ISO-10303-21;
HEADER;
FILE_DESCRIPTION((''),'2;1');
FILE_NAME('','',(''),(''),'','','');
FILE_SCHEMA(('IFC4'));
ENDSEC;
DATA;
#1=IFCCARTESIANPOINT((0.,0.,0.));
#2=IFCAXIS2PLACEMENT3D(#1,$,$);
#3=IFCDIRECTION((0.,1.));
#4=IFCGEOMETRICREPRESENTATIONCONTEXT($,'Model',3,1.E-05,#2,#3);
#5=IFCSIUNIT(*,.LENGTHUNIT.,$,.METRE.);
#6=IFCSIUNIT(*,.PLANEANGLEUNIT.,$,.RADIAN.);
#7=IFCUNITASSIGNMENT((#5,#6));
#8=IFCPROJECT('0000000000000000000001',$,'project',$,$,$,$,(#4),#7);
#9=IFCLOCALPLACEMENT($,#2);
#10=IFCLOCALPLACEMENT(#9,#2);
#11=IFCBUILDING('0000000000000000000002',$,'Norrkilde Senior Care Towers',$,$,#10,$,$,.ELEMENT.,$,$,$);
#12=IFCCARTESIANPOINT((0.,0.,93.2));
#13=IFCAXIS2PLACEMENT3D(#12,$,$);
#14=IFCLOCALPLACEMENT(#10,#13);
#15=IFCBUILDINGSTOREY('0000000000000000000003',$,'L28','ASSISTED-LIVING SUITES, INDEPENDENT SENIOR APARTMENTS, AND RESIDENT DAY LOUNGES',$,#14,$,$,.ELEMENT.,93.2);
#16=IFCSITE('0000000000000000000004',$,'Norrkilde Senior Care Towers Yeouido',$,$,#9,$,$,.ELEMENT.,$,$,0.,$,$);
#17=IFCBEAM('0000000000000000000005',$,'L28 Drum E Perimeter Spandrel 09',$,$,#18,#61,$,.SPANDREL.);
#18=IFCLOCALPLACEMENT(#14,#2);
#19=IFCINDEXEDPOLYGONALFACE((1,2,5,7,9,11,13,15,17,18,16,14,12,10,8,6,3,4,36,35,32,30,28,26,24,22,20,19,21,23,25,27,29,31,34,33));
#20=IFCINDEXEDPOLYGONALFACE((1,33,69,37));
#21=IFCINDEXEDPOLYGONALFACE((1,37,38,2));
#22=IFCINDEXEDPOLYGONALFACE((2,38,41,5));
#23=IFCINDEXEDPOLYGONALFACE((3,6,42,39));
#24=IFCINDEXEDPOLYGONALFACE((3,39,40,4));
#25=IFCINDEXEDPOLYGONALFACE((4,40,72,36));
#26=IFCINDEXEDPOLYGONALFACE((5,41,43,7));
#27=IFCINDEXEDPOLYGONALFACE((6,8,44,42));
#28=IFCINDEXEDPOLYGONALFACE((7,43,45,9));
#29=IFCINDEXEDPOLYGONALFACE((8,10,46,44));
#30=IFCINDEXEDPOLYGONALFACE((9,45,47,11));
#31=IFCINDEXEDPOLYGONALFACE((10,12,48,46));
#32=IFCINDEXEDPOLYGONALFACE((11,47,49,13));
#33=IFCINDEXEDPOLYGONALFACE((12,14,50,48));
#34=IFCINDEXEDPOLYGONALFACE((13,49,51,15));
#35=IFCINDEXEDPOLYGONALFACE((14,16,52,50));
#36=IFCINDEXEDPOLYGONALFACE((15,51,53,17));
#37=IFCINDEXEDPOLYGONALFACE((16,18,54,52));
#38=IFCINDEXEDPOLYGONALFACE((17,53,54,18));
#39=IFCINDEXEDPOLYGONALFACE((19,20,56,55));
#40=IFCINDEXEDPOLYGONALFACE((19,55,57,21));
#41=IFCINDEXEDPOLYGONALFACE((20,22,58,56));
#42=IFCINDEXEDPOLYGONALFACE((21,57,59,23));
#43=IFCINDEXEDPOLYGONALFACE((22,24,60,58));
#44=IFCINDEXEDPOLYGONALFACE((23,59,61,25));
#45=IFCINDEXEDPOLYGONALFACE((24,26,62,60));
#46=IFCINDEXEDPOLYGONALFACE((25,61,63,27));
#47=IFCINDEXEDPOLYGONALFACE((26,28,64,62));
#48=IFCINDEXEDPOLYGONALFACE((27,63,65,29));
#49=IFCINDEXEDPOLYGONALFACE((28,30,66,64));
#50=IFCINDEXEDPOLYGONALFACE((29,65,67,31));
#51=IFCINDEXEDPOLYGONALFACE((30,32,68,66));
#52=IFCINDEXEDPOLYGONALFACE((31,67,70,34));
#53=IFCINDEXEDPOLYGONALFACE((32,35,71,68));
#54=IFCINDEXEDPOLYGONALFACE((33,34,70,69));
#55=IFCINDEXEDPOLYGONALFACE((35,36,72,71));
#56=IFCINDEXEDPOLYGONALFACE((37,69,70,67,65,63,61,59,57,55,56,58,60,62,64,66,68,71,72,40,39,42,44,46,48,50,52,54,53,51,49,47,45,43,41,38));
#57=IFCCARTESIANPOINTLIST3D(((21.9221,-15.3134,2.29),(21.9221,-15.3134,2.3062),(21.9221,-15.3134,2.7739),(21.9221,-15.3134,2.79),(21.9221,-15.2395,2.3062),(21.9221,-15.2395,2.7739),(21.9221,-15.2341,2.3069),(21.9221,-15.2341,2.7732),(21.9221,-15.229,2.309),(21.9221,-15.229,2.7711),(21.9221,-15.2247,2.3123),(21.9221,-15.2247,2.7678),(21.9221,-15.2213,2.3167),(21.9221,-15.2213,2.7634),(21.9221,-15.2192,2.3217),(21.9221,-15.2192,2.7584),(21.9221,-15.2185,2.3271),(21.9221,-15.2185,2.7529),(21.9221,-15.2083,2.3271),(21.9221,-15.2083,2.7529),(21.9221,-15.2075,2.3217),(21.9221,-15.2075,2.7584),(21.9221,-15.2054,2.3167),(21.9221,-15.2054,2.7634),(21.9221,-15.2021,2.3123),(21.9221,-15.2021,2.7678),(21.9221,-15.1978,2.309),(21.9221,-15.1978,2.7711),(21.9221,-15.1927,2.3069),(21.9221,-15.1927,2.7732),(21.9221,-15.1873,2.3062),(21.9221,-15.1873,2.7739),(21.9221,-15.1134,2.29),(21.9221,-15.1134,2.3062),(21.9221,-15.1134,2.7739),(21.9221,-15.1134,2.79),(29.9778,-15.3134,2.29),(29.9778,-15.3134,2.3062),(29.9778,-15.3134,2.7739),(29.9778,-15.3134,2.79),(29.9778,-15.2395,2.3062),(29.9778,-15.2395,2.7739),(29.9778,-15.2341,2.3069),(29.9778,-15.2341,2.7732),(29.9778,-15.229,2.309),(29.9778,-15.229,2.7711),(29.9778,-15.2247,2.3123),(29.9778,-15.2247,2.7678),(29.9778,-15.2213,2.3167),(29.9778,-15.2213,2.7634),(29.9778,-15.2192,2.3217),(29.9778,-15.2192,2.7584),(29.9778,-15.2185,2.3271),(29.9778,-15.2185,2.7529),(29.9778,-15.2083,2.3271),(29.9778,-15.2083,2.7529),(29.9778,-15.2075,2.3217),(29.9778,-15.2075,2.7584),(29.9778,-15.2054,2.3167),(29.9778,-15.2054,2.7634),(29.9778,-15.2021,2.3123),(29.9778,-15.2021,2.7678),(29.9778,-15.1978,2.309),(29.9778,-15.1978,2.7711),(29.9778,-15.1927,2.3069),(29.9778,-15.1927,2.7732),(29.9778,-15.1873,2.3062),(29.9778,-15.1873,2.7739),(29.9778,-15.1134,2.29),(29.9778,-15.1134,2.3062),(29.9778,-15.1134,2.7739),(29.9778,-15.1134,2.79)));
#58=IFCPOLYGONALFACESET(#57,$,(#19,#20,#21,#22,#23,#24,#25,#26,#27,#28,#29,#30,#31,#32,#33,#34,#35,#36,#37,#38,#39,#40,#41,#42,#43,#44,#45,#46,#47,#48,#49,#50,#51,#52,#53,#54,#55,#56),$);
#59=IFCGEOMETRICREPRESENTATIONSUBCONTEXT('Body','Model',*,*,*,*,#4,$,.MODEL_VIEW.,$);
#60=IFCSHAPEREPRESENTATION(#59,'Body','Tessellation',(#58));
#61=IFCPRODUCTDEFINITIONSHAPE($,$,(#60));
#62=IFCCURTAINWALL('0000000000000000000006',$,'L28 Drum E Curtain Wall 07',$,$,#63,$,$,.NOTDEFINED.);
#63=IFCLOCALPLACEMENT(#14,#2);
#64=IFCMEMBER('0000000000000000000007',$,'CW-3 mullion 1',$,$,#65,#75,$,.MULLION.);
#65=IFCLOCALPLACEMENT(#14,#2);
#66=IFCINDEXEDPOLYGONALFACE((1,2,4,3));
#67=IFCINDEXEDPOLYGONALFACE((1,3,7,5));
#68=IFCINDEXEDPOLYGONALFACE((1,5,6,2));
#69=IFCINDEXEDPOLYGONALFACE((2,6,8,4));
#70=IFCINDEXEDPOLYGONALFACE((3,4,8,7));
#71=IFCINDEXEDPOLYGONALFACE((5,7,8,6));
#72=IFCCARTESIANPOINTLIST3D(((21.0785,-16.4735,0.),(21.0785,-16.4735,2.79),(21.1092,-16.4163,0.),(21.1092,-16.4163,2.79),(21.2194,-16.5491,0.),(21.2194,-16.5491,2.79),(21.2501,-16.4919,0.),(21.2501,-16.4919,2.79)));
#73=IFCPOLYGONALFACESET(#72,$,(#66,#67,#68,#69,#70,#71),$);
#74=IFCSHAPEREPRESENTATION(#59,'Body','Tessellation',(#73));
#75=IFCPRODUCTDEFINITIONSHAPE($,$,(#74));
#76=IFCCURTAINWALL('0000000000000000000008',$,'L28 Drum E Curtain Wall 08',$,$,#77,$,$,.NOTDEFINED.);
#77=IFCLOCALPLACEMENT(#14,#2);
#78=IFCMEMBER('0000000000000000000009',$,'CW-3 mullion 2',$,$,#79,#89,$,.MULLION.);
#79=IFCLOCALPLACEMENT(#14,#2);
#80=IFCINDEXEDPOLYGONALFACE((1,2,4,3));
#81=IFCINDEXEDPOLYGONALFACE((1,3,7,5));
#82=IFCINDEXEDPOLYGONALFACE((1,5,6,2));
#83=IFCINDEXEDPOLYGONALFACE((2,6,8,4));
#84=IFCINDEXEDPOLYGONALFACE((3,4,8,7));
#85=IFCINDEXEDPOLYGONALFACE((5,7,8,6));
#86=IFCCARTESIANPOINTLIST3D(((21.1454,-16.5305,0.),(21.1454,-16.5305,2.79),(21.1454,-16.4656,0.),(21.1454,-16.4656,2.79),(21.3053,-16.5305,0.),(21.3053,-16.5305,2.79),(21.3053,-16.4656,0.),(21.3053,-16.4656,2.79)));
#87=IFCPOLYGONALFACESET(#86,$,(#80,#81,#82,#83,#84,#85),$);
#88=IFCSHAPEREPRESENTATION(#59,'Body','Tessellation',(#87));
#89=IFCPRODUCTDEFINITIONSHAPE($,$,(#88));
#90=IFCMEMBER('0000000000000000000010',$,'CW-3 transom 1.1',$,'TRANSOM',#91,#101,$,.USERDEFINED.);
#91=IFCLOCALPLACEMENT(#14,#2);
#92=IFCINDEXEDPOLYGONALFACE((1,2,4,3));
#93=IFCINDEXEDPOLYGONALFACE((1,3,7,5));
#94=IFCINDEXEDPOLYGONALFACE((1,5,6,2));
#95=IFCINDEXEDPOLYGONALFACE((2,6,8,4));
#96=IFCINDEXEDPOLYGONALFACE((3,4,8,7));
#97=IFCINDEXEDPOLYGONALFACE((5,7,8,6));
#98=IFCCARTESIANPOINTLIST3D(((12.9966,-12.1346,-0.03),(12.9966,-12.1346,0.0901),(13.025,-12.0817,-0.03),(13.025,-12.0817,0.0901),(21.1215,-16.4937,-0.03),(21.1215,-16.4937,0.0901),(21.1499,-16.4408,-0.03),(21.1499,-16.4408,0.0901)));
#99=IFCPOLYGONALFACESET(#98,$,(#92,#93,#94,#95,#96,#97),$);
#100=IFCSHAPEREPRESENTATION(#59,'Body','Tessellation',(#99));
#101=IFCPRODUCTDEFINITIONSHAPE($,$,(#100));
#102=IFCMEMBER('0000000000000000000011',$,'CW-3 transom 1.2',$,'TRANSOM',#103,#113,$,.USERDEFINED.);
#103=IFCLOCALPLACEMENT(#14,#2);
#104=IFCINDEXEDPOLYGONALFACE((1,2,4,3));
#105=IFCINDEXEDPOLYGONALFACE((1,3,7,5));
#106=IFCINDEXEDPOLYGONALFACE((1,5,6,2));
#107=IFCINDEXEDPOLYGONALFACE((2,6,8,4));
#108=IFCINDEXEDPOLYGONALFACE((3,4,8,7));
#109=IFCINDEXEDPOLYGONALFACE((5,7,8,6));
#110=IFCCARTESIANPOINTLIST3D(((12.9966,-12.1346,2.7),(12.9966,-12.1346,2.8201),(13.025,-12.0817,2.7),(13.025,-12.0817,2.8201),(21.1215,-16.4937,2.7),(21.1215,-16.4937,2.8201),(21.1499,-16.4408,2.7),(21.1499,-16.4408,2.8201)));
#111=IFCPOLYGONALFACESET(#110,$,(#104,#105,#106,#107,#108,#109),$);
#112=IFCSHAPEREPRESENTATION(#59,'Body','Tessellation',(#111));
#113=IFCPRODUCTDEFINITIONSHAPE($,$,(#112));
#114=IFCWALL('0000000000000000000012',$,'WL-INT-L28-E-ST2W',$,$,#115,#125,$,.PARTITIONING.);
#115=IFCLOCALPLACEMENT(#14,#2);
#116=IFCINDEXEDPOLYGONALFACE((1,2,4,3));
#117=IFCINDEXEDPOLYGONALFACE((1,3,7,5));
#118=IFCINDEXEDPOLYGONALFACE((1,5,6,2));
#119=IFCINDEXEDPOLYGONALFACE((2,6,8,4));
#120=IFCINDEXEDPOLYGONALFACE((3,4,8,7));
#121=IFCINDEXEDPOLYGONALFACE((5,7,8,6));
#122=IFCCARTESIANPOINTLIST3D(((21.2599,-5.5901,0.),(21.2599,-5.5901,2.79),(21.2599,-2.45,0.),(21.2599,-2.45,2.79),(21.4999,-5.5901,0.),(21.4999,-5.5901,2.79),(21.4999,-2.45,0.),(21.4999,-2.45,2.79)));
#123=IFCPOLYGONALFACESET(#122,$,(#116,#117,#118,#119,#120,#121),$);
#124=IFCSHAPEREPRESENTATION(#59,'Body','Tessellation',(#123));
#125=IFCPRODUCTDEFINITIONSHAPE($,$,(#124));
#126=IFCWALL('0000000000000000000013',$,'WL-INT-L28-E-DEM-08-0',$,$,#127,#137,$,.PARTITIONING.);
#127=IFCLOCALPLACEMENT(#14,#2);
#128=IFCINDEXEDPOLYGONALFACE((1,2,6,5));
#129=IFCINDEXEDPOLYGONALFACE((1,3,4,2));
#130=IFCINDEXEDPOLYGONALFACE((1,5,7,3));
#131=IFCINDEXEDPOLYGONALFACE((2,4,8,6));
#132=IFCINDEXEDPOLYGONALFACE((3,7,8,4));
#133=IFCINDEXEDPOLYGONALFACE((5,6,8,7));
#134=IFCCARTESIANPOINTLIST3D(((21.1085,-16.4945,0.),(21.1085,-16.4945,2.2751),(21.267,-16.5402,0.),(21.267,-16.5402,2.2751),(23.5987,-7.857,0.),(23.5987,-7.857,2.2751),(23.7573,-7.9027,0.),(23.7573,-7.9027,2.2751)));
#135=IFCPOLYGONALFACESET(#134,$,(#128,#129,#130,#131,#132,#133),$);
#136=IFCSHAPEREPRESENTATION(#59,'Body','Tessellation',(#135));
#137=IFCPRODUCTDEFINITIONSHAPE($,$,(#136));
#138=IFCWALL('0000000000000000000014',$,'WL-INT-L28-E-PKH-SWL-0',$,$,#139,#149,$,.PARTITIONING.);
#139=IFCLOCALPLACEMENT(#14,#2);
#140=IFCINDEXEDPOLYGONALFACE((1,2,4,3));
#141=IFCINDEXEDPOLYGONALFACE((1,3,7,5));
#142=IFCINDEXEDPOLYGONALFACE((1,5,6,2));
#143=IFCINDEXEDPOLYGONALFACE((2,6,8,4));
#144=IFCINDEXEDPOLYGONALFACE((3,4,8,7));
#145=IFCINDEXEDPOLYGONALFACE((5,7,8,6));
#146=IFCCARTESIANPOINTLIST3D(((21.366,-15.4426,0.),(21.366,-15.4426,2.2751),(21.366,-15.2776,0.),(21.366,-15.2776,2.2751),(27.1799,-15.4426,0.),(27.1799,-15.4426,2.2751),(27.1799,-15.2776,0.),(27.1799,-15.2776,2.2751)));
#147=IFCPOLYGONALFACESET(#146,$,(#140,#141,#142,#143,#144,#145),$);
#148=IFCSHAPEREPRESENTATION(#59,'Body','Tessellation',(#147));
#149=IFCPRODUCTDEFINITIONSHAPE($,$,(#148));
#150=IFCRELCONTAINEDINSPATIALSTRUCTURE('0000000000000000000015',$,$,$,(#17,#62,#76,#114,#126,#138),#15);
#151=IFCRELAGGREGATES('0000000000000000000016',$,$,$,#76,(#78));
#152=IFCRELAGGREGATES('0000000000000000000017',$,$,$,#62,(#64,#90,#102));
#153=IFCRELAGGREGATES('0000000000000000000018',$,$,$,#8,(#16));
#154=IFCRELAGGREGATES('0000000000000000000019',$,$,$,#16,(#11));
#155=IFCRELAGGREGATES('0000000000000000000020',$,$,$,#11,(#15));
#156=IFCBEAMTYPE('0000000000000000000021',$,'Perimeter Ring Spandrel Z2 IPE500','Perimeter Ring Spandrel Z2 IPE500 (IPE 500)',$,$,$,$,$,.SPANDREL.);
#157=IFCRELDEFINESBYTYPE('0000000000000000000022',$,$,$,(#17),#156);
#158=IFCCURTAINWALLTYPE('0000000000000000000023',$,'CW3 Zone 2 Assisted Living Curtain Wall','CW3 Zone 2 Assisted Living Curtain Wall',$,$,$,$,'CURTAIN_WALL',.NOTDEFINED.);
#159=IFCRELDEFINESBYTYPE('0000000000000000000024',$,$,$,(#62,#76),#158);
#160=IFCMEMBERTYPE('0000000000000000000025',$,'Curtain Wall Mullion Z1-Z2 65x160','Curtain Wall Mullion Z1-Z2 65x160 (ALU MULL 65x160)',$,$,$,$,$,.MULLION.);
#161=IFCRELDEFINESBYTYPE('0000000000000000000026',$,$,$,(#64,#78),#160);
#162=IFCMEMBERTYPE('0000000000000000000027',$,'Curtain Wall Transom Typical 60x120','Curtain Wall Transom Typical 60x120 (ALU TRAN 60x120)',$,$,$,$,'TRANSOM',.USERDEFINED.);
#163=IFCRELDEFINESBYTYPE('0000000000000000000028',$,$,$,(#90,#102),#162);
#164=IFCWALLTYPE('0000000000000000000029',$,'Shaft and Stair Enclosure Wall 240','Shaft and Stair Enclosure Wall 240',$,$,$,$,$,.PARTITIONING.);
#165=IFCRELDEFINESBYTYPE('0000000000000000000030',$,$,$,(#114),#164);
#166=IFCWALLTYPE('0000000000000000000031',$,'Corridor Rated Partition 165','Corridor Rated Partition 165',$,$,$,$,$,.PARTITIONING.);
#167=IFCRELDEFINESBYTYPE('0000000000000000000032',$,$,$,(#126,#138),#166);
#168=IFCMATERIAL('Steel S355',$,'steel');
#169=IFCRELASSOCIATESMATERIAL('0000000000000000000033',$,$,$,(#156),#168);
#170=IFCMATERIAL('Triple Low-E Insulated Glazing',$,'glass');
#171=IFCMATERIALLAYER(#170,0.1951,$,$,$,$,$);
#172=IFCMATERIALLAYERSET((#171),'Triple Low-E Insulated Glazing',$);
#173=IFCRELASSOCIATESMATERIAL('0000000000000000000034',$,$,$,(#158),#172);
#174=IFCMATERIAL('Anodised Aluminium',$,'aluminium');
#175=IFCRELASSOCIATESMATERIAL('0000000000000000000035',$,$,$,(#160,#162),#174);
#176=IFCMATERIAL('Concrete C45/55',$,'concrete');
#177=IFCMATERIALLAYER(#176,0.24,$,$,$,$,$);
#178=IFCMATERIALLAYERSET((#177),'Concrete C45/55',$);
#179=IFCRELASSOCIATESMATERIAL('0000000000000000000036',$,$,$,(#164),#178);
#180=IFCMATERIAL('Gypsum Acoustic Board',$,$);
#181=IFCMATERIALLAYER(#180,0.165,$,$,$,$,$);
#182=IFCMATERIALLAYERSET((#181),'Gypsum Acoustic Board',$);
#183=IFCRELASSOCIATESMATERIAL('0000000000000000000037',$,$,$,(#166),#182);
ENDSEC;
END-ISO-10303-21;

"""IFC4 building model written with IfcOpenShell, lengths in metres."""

from ifc_helpers import new_model, si_unit, direction, frame, frame_2d, origin, origin_2d, place, context, subcontext, project, spatial, rectangle, i_section, extrude, source, transform, mapped, material, layer, layer_set, material_profile, profile_set, type_object, type_shapes, element, aggregate, save


model = new_model("IFC4")

# Units and contexts
model_context = context("Model", 3, precision=1e-05, world=origin(), true_north=direction((0.0, 1.0)))
body_context = subcontext(model_context, "Body", "Model", "MODEL_VIEW")
ifc_project = project(units=[si_unit("LENGTHUNIT", "METRE"), si_unit("PLANEANGLEUNIT", "RADIAN")], contexts=[model_context])

# Site, building, storey
site_placement = place(None, origin())
site = spatial("IfcSite", under=ifc_project, at=site_placement, Name="Norrkilde Senior Care Towers Yeouido", CompositionType="ELEMENT", RefElevation=0.0)
building_placement = place(site_placement, origin())
building = spatial("IfcBuilding", under=site, at=building_placement, Name="Norrkilde Senior Care Towers", CompositionType="ELEMENT")
storey_placement = place(building_placement, frame((0.0, 0.0, 93.2)))
storey = spatial("IfcBuildingStorey", under=building, at=storey_placement, Name="L28", Description="ASSISTED-LIVING SUITES, INDEPENDENT SENIOR APARTMENTS, AND RESIDENT DAY LOUNGES", CompositionType="ELEMENT", Elevation=93.2)

# Beam
ifc_material_1 = material(Name="Steel S355", Category="steel")
ifc_material_profile_1 = material_profile(ifc_material_1, i_section(OverallWidth=0.2, OverallDepth=0.5, WebThickness=0.0103, FlangeThickness=0.0161, FilletRadius=0.021, at=origin_2d()), Name="IPE 500")
ifc_profile_set_1 = profile_set([ifc_material_profile_1], Name="Steel S355")
beam_type_1 = type_object("IfcBeamType", Name="Perimeter Ring Spandrel Z2 IPE500", Description="Perimeter Ring Spandrel Z2 IPE500 (IPE 500)", PredefinedType="SPANDREL", material=ifc_profile_set_1)
shared_shape_1 = source(origin(), body_context, "Body", "SweptSolid", [
    extrude(i_section(OverallWidth=0.2, OverallDepth=0.5, WebThickness=0.0103, FlangeThickness=0.0161, FilletRadius=0.021, at=origin_2d()), origin(), (0.0, 0.0, 1.0), 8.0557),
])
type_shapes(beam_type_1, [shared_shape_1])
beam_1_placement = place(storey_placement, frame((21.9221, -15.2134, 2.54), z_axis=(1.0, 0.0, 0.0), x_axis=(0.0, 1.0, 0.0)))
element("IfcBeam", 1, at=beam_1_placement, inside=storey, type_object=beam_type_1, Name="L28 Drum E Perimeter Spandrel 09", PredefinedType="SPANDREL", context=body_context, shape_type="MappedRepresentation", body=[
    mapped(shared_shape_1, transform((0.0, 0.0, 0.0), x_axis=(1.0, 0.0, 0.0), y_axis=(0.0, 1.0, 0.0), z_axis=(0.0, 0.0, 1.0), scale=1.0)),
])

# Curtain walls, members
ifc_material_2 = material(Name="Triple Low-E Insulated Glazing", Category="glass")
ifc_layer_1 = layer(ifc_material_2, 0.1951)
ifc_layer_set_1 = layer_set([ifc_layer_1], Name="Triple Low-E Insulated Glazing")
curtain_wall_type = type_object("IfcCurtainWallType", Name="CW3 Zone 2 Assisted Living Curtain Wall", Description="CW3 Zone 2 Assisted Living Curtain Wall", ElementType="CURTAIN_WALL", PredefinedType="NOTDEFINED", material=ifc_layer_set_1)
curtain_wall_1_placement = place(storey_placement, origin())
curtain_wall_1 = element("IfcCurtainWall", 2, at=curtain_wall_1_placement, inside=storey, type_object=curtain_wall_type, Name="L28 Drum E Curtain Wall 07", PredefinedType="NOTDEFINED")
ifc_material_3 = material(Name="Anodised Aluminium", Category="aluminium")
ifc_material_profile_2 = material_profile(ifc_material_3, rectangle(XDim=0.0649, YDim=0.1599, at=origin_2d()), Name="ALU MULL 65x160")
ifc_profile_set_2 = profile_set([ifc_material_profile_2], Name="Anodised Aluminium")
member_type_1 = type_object("IfcMemberType", Name="Curtain Wall Mullion Z1-Z2 65x160", Description="Curtain Wall Mullion Z1-Z2 65x160 (ALU MULL 65x160)", PredefinedType="MULLION", material=ifc_profile_set_2)
shared_shape_2 = source(origin(), body_context, "Body", "SweptSolid", [
    extrude(rectangle(XDim=0.0649, YDim=0.1599, at=origin_2d()), origin(), (0.0, 0.0, 1.0), 2.79),
])
type_shapes(member_type_1, [shared_shape_2])
member_1_placement = place(storey_placement, frame((21.1643, -16.4827, 0.0), z_axis=(0.0, 0.0, 1.0), x_axis=(-0.472769, -0.881186, 0.0)))
member_1 = element("IfcMember", 3, at=member_1_placement, type_object=member_type_1, Name="CW-3 mullion 1", PredefinedType="MULLION", context=body_context, shape_type="MappedRepresentation", body=[
    mapped(shared_shape_2, transform((0.0, 0.0, 0.0), x_axis=(1.0, 0.0, 0.0), y_axis=(0.0, 1.0, 0.0), z_axis=(0.0, 0.0, 1.0), scale=1.0)),
])
curtain_wall_2_placement = place(storey_placement, origin())
curtain_wall_2 = element("IfcCurtainWall", 4, at=curtain_wall_2_placement, inside=storey, type_object=curtain_wall_type, Name="L28 Drum E Curtain Wall 08", PredefinedType="NOTDEFINED")
member_2_placement = place(storey_placement, frame((21.2253, -16.498, 0.0), z_axis=(0.0, 0.0, 1.0), x_axis=(0.0, -1.0, 0.0)))
member_2 = element("IfcMember", 5, at=member_2_placement, type_object=member_type_1, Name="CW-3 mullion 2", PredefinedType="MULLION", context=body_context, shape_type="MappedRepresentation", body=[
    mapped(shared_shape_2, transform((0.0, 0.0, 0.0), x_axis=(1.0, 0.0, 0.0), y_axis=(0.0, 1.0, 0.0), z_axis=(0.0, 0.0, 1.0), scale=1.0)),
])
aggregate(curtain_wall_2, [member_2])

# Members
ifc_material_profile_3 = material_profile(ifc_material_3, rectangle(XDim=0.0601, YDim=0.1201, at=origin_2d()), Name="ALU TRAN 60x120")
ifc_profile_set_3 = profile_set([ifc_material_profile_3], Name="Anodised Aluminium")
member_type_2 = type_object("IfcMemberType", Name="Curtain Wall Transom Typical 60x120", Description="Curtain Wall Transom Typical 60x120 (ALU TRAN 60x120)", ElementType="TRANSOM", PredefinedType="USERDEFINED", material=ifc_profile_set_3)
shared_shape_3 = source(origin(), body_context, "Body", "SweptSolid", [
    extrude(rectangle(XDim=0.0601, YDim=0.1201, at=origin_2d()), origin(), (0.0, 0.0, 1.0), 9.2205),
])
type_shapes(member_type_2, [shared_shape_3])
member_3_placement = place(storey_placement, frame((21.1357, -16.4673, 0.03), z_axis=(-0.881189, 0.472765, 0.0), x_axis=(-0.472765, -0.881189, 0.0)))
member_3 = element("IfcMember", 6, at=member_3_placement, type_object=member_type_2, Name="CW-3 transom 1.1", ObjectType="TRANSOM", PredefinedType="USERDEFINED", context=body_context, shape_type="MappedRepresentation", body=[
    mapped(shared_shape_3, transform((0.0, 0.0, 0.0), x_axis=(1.0, 0.0, 0.0), y_axis=(0.0, 1.0, 0.0), z_axis=(0.0, 0.0, 1.0), scale=1.0)),
])
member_4_placement = place(storey_placement, frame((21.1357, -16.4673, 2.76), z_axis=(-0.881189, 0.472765, 0.0), x_axis=(-0.472765, -0.881189, 0.0)))
member_4 = element("IfcMember", 7, at=member_4_placement, type_object=member_type_2, Name="CW-3 transom 1.2", ObjectType="TRANSOM", PredefinedType="USERDEFINED", context=body_context, shape_type="MappedRepresentation", body=[
    mapped(shared_shape_3, transform((0.0, 0.0, 0.0), x_axis=(1.0, 0.0, 0.0), y_axis=(0.0, 1.0, 0.0), z_axis=(0.0, 0.0, 1.0), scale=1.0)),
])
aggregate(curtain_wall_1, [member_1, member_3, member_4])

# Shared definitions
ifc_material_4 = material(Name="Concrete C45/55", Category="concrete")
ifc_layer_2 = layer(ifc_material_4, 0.24)
ifc_layer_set_2 = layer_set([ifc_layer_2], Name="Concrete C45/55")
wall_type_1 = type_object("IfcWallType", Name="Shaft and Stair Enclosure Wall 240", Description="Shaft and Stair Enclosure Wall 240", PredefinedType="PARTITIONING", material=ifc_layer_set_2)

# Walls
shared_shape_4 = source(origin(), body_context, "Body", "SweptSolid", [
    extrude(rectangle(XDim=3.1401, YDim=0.24, at=frame_2d((1.5701, 0.0))), origin(), (0.0, 0.0, 1.0), 2.79),
])
wall_1_placement = place(storey_placement, frame((21.3799, -5.5901, 0.0), z_axis=(0.0, 0.0, 1.0), x_axis=(0.0, 1.0, 0.0)))
element("IfcWall", 8, at=wall_1_placement, inside=storey, type_object=wall_type_1, Name="WL-INT-L28-E-ST2W", PredefinedType="PARTITIONING", context=body_context, shape_type="MappedRepresentation", body=[
    mapped(shared_shape_4, transform((0.0, 0.0, 0.0), x_axis=(1.0, 0.0, 0.0), y_axis=(0.0, 1.0, 0.0), z_axis=(0.0, 0.0, 1.0), scale=1.0)),
])
ifc_material_5 = material(Name="Gypsum Acoustic Board")
ifc_layer_3 = layer(ifc_material_5, 0.165)
ifc_layer_set_3 = layer_set([ifc_layer_3], Name="Gypsum Acoustic Board")
wall_type_2 = type_object("IfcWallType", Name="Corridor Rated Partition 165", Description="Corridor Rated Partition 165", PredefinedType="PARTITIONING", material=ifc_layer_set_3)
shared_shape_5 = source(origin(), body_context, "Body", "SweptSolid", [
    extrude(rectangle(XDim=8.9893, YDim=0.165, at=frame_2d((4.4946, 0.0))), origin(), (0.0, 0.0, 1.0), 2.2751),
])
wall_2_placement = place(storey_placement, frame((23.678, -7.8799, 0.0), z_axis=(0.0, 0.0, 1.0), x_axis=(-0.277023, -0.960863, 0.0)))
element("IfcWall", 9, at=wall_2_placement, inside=storey, type_object=wall_type_2, Name="WL-INT-L28-E-DEM-08-0", PredefinedType="PARTITIONING", context=body_context, shape_type="MappedRepresentation", body=[
    mapped(shared_shape_5, transform((0.0, 0.0, 0.0), x_axis=(1.0, 0.0, 0.0), y_axis=(0.0, 1.0, 0.0), z_axis=(0.0, 0.0, 1.0), scale=1.0)),
])
shared_shape_6 = source(origin(), body_context, "Body", "SweptSolid", [
    extrude(rectangle(XDim=5.814, YDim=0.165, at=frame_2d((2.907, 0.0))), origin(), (0.0, 0.0, 1.0), 2.2751),
])
type_shapes(wall_type_2, [shared_shape_5, shared_shape_6])
wall_3_placement = place(storey_placement, frame((21.366, -15.3601, 0.0), z_axis=(0.0, 0.0, 1.0), x_axis=(1.0, 0.0, 0.0)))
element("IfcWall", 10, at=wall_3_placement, inside=storey, type_object=wall_type_2, Name="WL-INT-L28-E-PKH-SWL-0", PredefinedType="PARTITIONING", context=body_context, shape_type="MappedRepresentation", body=[
    mapped(shared_shape_6, transform((0.0, 0.0, 0.0), x_axis=(1.0, 0.0, 0.0), y_axis=(0.0, 1.0, 0.0), z_axis=(0.0, 0.0, 1.0), scale=1.0)),
])

save(model, "model.ifc")
